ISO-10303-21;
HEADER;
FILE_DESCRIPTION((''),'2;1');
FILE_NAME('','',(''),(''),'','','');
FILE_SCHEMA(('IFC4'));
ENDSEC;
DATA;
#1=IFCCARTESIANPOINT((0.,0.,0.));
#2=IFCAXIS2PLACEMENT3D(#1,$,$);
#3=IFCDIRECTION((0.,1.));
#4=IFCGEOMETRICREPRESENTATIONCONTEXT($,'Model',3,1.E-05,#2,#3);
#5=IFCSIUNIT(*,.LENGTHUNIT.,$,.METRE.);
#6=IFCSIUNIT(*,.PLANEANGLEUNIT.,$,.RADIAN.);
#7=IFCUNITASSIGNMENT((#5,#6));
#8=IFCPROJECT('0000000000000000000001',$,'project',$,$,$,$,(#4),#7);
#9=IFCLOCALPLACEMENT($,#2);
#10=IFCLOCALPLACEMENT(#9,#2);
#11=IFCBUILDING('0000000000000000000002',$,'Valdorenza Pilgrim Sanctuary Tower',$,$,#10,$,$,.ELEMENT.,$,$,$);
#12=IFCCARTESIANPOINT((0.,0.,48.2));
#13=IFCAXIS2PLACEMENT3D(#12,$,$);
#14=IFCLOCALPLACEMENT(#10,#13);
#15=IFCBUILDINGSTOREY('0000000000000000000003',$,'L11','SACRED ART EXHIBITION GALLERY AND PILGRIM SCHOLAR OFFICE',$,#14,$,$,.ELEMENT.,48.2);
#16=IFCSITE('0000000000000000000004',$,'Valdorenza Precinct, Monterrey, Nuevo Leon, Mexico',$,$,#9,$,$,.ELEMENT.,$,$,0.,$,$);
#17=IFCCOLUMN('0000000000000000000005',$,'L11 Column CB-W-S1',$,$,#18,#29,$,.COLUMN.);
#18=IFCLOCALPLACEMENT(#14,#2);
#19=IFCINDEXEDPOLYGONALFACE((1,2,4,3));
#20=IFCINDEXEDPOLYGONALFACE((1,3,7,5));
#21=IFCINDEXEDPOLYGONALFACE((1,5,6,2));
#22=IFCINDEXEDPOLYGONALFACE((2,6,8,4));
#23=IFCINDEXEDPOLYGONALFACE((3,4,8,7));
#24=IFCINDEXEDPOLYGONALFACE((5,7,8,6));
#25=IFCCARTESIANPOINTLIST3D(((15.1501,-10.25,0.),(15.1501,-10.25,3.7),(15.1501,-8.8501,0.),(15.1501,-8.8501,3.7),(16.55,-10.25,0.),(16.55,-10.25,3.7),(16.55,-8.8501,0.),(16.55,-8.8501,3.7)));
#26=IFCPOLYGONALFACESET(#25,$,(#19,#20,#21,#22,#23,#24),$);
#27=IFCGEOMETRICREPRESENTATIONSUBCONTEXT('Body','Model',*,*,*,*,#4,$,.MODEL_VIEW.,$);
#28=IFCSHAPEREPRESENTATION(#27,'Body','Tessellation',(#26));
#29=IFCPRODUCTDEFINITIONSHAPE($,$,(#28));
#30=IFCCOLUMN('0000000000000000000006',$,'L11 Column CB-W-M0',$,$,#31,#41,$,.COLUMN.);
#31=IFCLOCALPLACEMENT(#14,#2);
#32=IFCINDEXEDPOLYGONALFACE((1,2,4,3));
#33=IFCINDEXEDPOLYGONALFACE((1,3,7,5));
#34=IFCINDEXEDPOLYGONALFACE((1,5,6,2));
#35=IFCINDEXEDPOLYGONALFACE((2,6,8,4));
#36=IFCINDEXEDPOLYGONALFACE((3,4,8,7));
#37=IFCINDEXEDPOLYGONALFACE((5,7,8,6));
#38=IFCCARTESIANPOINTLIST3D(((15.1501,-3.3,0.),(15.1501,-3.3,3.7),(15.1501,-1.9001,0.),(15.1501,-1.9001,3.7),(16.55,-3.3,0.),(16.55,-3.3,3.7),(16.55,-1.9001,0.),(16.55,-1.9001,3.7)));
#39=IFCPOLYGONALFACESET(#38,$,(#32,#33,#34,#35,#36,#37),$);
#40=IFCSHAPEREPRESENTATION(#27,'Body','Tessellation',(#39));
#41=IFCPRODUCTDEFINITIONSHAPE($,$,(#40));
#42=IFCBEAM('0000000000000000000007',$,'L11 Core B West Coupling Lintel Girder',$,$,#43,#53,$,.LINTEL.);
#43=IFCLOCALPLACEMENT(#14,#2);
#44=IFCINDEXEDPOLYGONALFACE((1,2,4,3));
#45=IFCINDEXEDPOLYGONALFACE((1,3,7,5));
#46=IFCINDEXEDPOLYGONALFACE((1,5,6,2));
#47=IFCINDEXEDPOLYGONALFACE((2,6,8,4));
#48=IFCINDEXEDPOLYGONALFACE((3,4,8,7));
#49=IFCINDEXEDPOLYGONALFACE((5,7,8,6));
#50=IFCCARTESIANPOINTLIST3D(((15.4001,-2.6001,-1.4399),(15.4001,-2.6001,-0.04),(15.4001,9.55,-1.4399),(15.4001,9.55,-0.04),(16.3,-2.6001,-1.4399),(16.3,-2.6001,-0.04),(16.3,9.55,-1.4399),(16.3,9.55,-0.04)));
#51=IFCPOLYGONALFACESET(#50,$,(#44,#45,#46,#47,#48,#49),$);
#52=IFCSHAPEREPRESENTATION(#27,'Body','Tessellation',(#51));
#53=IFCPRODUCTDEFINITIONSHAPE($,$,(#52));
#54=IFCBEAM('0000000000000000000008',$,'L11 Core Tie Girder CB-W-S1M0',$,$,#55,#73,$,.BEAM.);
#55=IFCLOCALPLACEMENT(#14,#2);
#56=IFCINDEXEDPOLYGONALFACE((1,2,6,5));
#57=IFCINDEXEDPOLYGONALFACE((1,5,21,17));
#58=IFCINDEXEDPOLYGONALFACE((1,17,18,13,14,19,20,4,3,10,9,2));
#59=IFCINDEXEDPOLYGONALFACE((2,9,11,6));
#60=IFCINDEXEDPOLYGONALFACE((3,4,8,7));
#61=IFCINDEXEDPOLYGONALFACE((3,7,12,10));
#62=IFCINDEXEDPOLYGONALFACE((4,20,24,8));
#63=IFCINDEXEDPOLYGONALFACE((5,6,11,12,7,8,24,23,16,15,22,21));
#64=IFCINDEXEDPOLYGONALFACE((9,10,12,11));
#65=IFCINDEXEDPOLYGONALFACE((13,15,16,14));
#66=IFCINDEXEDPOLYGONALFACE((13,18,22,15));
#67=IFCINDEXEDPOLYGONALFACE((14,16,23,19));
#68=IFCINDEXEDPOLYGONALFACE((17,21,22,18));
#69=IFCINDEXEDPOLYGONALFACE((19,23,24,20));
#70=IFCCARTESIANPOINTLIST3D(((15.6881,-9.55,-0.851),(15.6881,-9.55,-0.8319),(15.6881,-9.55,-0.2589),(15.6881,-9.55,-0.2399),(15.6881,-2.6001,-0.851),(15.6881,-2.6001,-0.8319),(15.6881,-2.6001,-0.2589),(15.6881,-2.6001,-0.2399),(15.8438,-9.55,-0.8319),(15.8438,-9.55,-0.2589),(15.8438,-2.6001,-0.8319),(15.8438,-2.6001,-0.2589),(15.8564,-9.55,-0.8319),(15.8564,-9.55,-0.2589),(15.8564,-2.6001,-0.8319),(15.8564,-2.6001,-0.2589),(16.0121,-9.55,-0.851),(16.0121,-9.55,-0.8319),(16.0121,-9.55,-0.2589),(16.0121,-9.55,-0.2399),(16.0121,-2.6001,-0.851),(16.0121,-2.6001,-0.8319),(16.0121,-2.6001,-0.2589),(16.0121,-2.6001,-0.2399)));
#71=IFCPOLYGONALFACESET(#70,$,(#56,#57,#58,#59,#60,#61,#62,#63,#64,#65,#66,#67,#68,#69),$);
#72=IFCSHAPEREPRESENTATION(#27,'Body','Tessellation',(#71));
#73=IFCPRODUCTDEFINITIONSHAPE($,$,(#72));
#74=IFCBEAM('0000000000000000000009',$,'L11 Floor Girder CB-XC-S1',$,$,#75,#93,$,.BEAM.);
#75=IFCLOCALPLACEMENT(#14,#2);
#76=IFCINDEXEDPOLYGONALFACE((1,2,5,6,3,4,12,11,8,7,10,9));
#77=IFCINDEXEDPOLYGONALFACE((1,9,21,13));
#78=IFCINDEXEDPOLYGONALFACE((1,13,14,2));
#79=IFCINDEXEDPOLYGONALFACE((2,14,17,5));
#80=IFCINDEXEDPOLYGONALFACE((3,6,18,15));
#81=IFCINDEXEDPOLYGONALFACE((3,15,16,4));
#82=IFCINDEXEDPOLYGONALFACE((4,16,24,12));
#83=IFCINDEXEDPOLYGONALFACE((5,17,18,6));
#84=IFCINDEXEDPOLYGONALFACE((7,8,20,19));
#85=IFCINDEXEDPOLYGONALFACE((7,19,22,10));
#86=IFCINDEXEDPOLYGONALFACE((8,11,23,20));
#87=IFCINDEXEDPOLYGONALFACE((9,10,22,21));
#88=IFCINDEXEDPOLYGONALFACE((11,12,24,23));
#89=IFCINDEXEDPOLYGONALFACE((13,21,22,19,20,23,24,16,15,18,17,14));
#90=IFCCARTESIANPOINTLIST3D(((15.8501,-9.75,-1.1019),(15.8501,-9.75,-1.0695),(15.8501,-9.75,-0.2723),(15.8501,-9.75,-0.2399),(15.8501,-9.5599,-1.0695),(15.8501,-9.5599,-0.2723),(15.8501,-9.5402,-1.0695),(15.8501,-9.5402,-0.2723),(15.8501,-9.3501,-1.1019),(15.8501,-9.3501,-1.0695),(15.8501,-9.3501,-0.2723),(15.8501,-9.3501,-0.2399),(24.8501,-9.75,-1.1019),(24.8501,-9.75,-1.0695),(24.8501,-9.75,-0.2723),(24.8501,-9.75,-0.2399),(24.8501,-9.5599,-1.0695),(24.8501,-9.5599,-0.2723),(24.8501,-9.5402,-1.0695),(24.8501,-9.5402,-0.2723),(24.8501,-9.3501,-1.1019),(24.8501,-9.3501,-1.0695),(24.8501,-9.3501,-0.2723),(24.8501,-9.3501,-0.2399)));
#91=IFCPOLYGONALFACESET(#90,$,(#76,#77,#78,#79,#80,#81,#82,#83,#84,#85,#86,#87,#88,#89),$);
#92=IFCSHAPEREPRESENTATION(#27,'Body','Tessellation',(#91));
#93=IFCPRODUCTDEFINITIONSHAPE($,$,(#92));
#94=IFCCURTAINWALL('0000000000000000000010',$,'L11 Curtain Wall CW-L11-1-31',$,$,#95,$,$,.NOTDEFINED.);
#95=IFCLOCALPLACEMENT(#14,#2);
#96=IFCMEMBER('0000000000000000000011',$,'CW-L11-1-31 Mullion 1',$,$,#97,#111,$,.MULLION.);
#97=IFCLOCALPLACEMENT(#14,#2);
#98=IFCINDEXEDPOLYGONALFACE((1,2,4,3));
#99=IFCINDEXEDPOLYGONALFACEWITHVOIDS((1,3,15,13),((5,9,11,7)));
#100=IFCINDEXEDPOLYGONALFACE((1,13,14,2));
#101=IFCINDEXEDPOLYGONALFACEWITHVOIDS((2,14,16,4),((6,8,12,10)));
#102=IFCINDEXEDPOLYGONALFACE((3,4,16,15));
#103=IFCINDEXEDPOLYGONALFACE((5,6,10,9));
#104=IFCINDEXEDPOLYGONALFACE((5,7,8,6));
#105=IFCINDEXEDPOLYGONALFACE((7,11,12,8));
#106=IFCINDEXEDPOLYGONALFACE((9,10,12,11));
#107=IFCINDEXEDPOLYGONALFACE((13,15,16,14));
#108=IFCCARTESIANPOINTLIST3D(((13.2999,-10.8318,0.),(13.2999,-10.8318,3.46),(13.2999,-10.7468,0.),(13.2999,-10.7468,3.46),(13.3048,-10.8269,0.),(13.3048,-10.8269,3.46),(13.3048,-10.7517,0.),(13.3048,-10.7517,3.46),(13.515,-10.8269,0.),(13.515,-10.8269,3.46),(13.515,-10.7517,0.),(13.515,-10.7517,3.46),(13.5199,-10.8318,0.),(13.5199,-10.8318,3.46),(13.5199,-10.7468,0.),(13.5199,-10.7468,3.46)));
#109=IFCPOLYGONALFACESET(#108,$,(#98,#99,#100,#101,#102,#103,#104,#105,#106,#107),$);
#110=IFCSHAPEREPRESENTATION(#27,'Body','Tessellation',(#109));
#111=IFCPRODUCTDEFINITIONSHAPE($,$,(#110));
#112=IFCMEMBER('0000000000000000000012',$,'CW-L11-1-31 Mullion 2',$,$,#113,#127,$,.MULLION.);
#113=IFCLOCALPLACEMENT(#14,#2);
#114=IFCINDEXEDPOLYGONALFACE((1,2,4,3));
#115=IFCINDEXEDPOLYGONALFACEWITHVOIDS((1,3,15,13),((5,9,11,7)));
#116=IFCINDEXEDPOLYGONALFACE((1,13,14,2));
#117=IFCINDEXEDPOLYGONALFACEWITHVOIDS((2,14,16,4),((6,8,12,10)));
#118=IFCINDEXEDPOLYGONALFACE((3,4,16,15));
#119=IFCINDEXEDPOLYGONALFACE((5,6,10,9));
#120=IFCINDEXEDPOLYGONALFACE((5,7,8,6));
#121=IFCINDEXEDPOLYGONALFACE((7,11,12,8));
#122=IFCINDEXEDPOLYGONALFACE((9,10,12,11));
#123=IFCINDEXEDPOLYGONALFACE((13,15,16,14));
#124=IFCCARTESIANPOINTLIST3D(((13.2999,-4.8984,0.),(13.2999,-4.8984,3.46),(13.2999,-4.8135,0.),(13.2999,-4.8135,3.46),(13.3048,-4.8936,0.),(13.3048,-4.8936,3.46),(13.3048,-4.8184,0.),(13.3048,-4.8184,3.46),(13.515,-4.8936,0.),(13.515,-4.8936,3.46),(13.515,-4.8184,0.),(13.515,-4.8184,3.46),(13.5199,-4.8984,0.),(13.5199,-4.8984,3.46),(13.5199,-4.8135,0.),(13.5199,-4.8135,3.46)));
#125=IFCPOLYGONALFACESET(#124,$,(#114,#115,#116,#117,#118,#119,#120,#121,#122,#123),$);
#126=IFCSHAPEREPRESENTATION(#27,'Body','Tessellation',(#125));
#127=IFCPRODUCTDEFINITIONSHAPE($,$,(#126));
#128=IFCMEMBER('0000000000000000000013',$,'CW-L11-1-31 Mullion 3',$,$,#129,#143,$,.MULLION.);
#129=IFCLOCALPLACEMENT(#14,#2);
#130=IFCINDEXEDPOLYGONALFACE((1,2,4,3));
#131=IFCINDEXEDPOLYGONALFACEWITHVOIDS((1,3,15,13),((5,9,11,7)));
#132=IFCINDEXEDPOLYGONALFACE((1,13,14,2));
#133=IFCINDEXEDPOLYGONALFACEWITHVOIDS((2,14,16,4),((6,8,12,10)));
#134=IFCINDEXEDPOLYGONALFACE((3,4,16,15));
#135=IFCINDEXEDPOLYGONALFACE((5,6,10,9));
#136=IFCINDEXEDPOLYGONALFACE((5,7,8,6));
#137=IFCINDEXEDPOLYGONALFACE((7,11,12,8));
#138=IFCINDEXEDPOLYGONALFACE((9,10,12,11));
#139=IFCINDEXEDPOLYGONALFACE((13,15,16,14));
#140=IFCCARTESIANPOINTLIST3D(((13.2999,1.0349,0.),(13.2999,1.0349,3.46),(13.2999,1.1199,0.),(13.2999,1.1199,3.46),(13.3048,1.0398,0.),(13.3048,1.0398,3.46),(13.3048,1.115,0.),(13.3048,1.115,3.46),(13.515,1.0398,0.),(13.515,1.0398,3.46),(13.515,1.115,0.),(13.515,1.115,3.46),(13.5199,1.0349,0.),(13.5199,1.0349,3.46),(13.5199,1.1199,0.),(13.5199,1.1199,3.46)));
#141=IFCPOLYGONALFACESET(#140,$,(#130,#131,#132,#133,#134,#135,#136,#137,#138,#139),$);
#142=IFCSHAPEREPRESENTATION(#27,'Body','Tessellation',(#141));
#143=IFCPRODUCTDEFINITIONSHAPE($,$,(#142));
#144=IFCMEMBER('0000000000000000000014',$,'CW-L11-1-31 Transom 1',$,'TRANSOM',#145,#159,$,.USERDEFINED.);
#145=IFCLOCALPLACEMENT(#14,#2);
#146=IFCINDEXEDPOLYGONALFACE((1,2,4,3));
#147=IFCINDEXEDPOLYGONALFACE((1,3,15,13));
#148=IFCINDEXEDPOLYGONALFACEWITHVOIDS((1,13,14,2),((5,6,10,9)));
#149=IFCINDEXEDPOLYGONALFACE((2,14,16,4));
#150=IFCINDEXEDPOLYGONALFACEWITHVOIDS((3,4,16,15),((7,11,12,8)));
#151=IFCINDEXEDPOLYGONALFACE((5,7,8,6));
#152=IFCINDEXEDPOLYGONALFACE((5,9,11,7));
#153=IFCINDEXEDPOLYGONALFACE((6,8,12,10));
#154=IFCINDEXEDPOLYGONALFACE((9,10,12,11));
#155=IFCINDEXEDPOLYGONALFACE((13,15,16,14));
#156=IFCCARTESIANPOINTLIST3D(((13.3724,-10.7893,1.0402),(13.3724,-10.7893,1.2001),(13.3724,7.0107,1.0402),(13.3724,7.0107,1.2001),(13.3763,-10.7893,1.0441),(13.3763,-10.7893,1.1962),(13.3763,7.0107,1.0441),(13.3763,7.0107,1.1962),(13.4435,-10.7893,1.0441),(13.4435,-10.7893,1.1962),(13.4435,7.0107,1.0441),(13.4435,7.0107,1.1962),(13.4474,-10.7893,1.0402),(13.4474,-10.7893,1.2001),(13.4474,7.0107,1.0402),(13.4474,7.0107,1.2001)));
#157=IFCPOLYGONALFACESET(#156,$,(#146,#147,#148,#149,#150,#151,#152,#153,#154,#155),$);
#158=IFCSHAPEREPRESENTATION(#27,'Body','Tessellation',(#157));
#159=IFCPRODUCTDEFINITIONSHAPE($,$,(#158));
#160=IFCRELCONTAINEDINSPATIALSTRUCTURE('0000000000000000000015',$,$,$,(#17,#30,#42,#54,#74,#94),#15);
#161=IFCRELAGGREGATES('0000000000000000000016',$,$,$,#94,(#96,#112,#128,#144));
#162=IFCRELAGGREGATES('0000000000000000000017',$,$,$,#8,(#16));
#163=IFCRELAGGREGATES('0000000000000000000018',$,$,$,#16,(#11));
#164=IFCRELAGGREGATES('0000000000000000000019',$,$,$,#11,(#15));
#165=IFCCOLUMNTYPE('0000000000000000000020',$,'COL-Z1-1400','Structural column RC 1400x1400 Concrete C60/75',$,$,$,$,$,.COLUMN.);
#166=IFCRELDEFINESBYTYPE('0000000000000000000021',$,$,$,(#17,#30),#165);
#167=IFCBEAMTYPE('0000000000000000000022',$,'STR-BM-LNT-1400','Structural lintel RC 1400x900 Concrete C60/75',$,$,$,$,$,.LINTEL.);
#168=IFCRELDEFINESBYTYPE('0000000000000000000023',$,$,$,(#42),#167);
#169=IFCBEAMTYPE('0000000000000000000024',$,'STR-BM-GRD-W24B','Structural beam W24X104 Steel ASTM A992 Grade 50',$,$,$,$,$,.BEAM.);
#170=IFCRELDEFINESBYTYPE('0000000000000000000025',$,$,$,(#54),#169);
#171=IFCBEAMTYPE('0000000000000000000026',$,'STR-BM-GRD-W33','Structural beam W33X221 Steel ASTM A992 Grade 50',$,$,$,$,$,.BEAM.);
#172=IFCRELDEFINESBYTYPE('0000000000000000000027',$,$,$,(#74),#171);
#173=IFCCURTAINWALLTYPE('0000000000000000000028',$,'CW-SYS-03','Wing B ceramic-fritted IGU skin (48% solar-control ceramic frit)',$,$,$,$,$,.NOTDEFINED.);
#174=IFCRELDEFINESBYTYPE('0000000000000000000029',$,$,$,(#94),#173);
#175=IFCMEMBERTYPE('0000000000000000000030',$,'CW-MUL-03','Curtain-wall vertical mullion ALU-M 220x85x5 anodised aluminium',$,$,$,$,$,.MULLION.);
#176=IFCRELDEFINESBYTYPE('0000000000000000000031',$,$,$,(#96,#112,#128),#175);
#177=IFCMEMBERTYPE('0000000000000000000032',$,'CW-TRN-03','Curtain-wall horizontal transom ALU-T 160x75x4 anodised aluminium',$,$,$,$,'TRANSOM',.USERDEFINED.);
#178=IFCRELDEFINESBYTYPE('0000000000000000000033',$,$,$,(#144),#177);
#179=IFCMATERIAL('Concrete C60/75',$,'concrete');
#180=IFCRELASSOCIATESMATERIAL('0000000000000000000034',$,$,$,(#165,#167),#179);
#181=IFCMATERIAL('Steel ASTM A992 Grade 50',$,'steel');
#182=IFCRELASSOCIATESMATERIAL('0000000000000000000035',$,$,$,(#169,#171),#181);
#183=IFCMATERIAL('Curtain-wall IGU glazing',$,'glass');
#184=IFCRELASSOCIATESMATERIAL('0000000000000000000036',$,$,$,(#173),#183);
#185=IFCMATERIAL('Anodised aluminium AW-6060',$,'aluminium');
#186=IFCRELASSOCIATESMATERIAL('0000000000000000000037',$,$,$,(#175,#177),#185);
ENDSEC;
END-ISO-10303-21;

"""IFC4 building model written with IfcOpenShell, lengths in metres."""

from ifc_helpers import new_model, si_unit, direction, frame, origin, origin_2d, place, context, subcontext, project, spatial, rectangle, hollow_rectangle, i_section, extrude, source, transform, mapped, material, material_profile, profile_set, type_object, element, aggregate, save


model = new_model("IFC4")

# Units and contexts
model_context = context("Model", 3, precision=1e-05, world=origin(), true_north=direction((0.0, 1.0)))
body_context = subcontext(model_context, "Body", "Model", "MODEL_VIEW")
ifc_project = project(units=[si_unit("LENGTHUNIT", "METRE"), si_unit("PLANEANGLEUNIT", "RADIAN")], contexts=[model_context])

# Site, building, storey
site_placement = place(None, origin())
site = spatial("IfcSite", under=ifc_project, at=site_placement, Name="Valdorenza Precinct, Monterrey, Nuevo Leon, Mexico", CompositionType="ELEMENT", RefElevation=0.0)
building_placement = place(site_placement, origin())
building = spatial("IfcBuilding", under=site, at=building_placement, Name="Valdorenza Pilgrim Sanctuary Tower", CompositionType="ELEMENT")
storey_placement = place(building_placement, frame((0.0, 0.0, 48.2)))
storey = spatial("IfcBuildingStorey", under=building, at=storey_placement, Name="L11", Description="SACRED ART EXHIBITION GALLERY AND PILGRIM SCHOLAR OFFICE", CompositionType="ELEMENT", Elevation=48.2)

# Columns
ifc_material_1 = material(Name="Concrete C60/75", Category="concrete")
ifc_material_profile_1 = material_profile(ifc_material_1, rectangle(XDim=1.3999, YDim=1.3999, at=origin_2d()), Name="RC 1400x1400")
ifc_profile_set_1 = profile_set([ifc_material_profile_1], Name="Concrete C60/75")
column_type = type_object("IfcColumnType", Name="COL-Z1-1400", Description="Structural column RC 1400x1400 Concrete C60/75", PredefinedType="COLUMN", material=ifc_profile_set_1)
shared_shape_1 = source(origin(), body_context, "Body", "SweptSolid", [
    extrude(rectangle(XDim=1.3999, YDim=1.3999, at=origin_2d()), origin(), (0.0, 0.0, 1.0), 3.7),
])
for number, where, z_axis, x_axis, name in (
    (1, (15.8501, -9.55, 0.0), (0.0, 0.0, 1.0), (1.0, 0.0, 0.0), "L11 Column CB-W-S1"),
    (2, (15.8501, -2.6001, 0.0), (0.0, 0.0, 1.0), (1.0, 0.0, 0.0), "L11 Column CB-W-M0"),
):
    element("IfcColumn", number, at=place(storey_placement, frame(where, z_axis=z_axis, x_axis=x_axis)), inside=storey, type_object=column_type, Name=name, PredefinedType="COLUMN", context=body_context, shape_type="MappedRepresentation", body=[
        mapped(shared_shape_1, transform((0.0, 0.0, 0.0), x_axis=(1.0, 0.0, 0.0), y_axis=(0.0, 1.0, 0.0), z_axis=(0.0, 0.0, 1.0), scale=1.0)),
    ])

# Beams
ifc_material_profile_2 = material_profile(ifc_material_1, rectangle(XDim=0.8999, YDim=1.3999, at=origin_2d()), Name="RC 1400x900")
ifc_profile_set_2 = profile_set([ifc_material_profile_2], Name="Concrete C60/75")
beam_type_1 = type_object("IfcBeamType", Name="STR-BM-LNT-1400", Description="Structural lintel RC 1400x900 Concrete C60/75", PredefinedType="LINTEL", material=ifc_profile_set_2)
shared_shape_2 = source(origin(), body_context, "Body", "SweptSolid", [
    extrude(rectangle(XDim=0.8999, YDim=1.3999, at=origin_2d()), origin(), (0.0, 0.0, 1.0), 12.1501),
])
beam_1_placement = place(storey_placement, frame((15.8501, -2.6001, -0.74), z_axis=(0.0, 1.0, 0.0), x_axis=(-1.0, 0.0, 0.0)))
element("IfcBeam", 3, at=beam_1_placement, inside=storey, type_object=beam_type_1, Name="L11 Core B West Coupling Lintel Girder", PredefinedType="LINTEL", context=body_context, shape_type="MappedRepresentation", body=[
    mapped(shared_shape_2, transform((0.0, 0.0, 0.0), x_axis=(1.0, 0.0, 0.0), y_axis=(0.0, 1.0, 0.0), z_axis=(0.0, 0.0, 1.0), scale=1.0)),
])
ifc_material_2 = material(Name="Steel ASTM A992 Grade 50", Category="steel")
ifc_material_profile_3 = material_profile(ifc_material_2, i_section(OverallWidth=0.324, OverallDepth=0.6111, WebThickness=0.0127, FlangeThickness=0.019, at=origin_2d()), Name="W24X104")
ifc_profile_set_3 = profile_set([ifc_material_profile_3], Name="Steel ASTM A992 Grade 50")
beam_type_2 = type_object("IfcBeamType", Name="STR-BM-GRD-W24B", Description="Structural beam W24X104 Steel ASTM A992 Grade 50", PredefinedType="BEAM", material=ifc_profile_set_3)
shared_shape_3 = source(origin(), body_context, "Body", "SweptSolid", [
    extrude(i_section(OverallWidth=0.324, OverallDepth=0.6111, WebThickness=0.0127, FlangeThickness=0.019, at=origin_2d()), origin(), (0.0, 0.0, 1.0), 6.95),
])
beam_2_placement = place(storey_placement, frame((15.8501, -9.55, -0.5454), z_axis=(0.0, 1.0, 0.0), x_axis=(-1.0, 0.0, 0.0)))
element("IfcBeam", 4, at=beam_2_placement, inside=storey, type_object=beam_type_2, Name="L11 Core Tie Girder CB-W-S1M0", PredefinedType="BEAM", context=body_context, shape_type="MappedRepresentation", body=[
    mapped(shared_shape_3, transform((0.0, 0.0, 0.0), x_axis=(1.0, 0.0, 0.0), y_axis=(0.0, 1.0, 0.0), z_axis=(0.0, 0.0, 1.0), scale=1.0)),
])
ifc_material_profile_4 = material_profile(ifc_material_2, i_section(OverallWidth=0.3999, OverallDepth=0.8621, WebThickness=0.0198, FlangeThickness=0.0325, at=origin_2d()), Name="W33X221")
ifc_profile_set_4 = profile_set([ifc_material_profile_4], Name="Steel ASTM A992 Grade 50")
beam_type_3 = type_object("IfcBeamType", Name="STR-BM-GRD-W33", Description="Structural beam W33X221 Steel ASTM A992 Grade 50", PredefinedType="BEAM", material=ifc_profile_set_4)
shared_shape_4 = source(origin(), body_context, "Body", "SweptSolid", [
    extrude(i_section(OverallWidth=0.3999, OverallDepth=0.8621, WebThickness=0.0198, FlangeThickness=0.0325, at=origin_2d()), origin(), (0.0, 0.0, 1.0), 9.0),
])
beam_3_placement = place(storey_placement, frame((15.8501, -9.55, -0.6709), z_axis=(1.0, 0.0, 0.0), x_axis=(0.0, 1.0, 0.0)))
element("IfcBeam", 5, at=beam_3_placement, inside=storey, type_object=beam_type_3, Name="L11 Floor Girder CB-XC-S1", PredefinedType="BEAM", context=body_context, shape_type="MappedRepresentation", body=[
    mapped(shared_shape_4, transform((0.0, 0.0, 0.0), x_axis=(1.0, 0.0, 0.0), y_axis=(0.0, 1.0, 0.0), z_axis=(0.0, 0.0, 1.0), scale=1.0)),
])

# Curtain wall, members
ifc_material_3 = material(Name="Curtain-wall IGU glazing", Category="glass")
curtain_wall_type = type_object("IfcCurtainWallType", Name="CW-SYS-03", Description="Wing B ceramic-fritted IGU skin (48% solar-control ceramic frit)", PredefinedType="NOTDEFINED", material=ifc_material_3)
curtain_wall_placement = place(storey_placement, origin())
curtain_wall = element("IfcCurtainWall", 6, at=curtain_wall_placement, inside=storey, type_object=curtain_wall_type, Name="L11 Curtain Wall CW-L11-1-31", PredefinedType="NOTDEFINED")
ifc_material_4 = material(Name="Anodised aluminium AW-6060", Category="aluminium")
ifc_material_profile_5 = material_profile(ifc_material_4, hollow_rectangle(XDim=0.085, YDim=0.22, WallThickness=0.0049, at=origin_2d()), Name="ALU-M 220x85x5")
ifc_profile_set_5 = profile_set([ifc_material_profile_5], Name="Anodised aluminium AW-6060")
member_type_1 = type_object("IfcMemberType", Name="CW-MUL-03", Description="Curtain-wall vertical mullion ALU-M 220x85x5 anodised aluminium", PredefinedType="MULLION", material=ifc_profile_set_5)
shared_shape_5 = source(origin(), body_context, "Body", "SweptSolid", [
    extrude(hollow_rectangle(XDim=0.085, YDim=0.22, WallThickness=0.0049, at=origin_2d()), origin(), (0.0, 0.0, 1.0), 3.46),
])
member_1_placement = place(storey_placement, frame((13.4099, -10.7893, 0.0), z_axis=(0.0, 0.0, 1.0), x_axis=(0.0, 1.0, 0.0)))
member_1 = element("IfcMember", 7, at=member_1_placement, type_object=member_type_1, Name="CW-L11-1-31 Mullion 1", PredefinedType="MULLION", context=body_context, shape_type="MappedRepresentation", body=[
    mapped(shared_shape_5, transform((0.0, 0.0, 0.0), x_axis=(1.0, 0.0, 0.0), y_axis=(0.0, 1.0, 0.0), z_axis=(0.0, 0.0, 1.0), scale=1.0)),
])
member_2_placement = place(storey_placement, frame((13.4099, -4.856, 0.0), z_axis=(0.0, 0.0, 1.0), x_axis=(0.0, 1.0, 0.0)))
member_2 = element("IfcMember", 8, at=member_2_placement, type_object=member_type_1, Name="CW-L11-1-31 Mullion 2", PredefinedType="MULLION", context=body_context, shape_type="MappedRepresentation", body=[
    mapped(shared_shape_5, transform((0.0, 0.0, 0.0), x_axis=(1.0, 0.0, 0.0), y_axis=(0.0, 1.0, 0.0), z_axis=(0.0, 0.0, 1.0), scale=1.0)),
])
member_3_placement = place(storey_placement, frame((13.4099, 1.0774, 0.0), z_axis=(0.0, 0.0, 1.0), x_axis=(0.0, 1.0, 0.0)))
member_3 = element("IfcMember", 9, at=member_3_placement, type_object=member_type_1, Name="CW-L11-1-31 Mullion 3", PredefinedType="MULLION", context=body_context, shape_type="MappedRepresentation", body=[
    mapped(shared_shape_5, transform((0.0, 0.0, 0.0), x_axis=(1.0, 0.0, 0.0), y_axis=(0.0, 1.0, 0.0), z_axis=(0.0, 0.0, 1.0), scale=1.0)),
])
ifc_material_profile_6 = material_profile(ifc_material_4, hollow_rectangle(XDim=0.075, YDim=0.1599, WallThickness=0.0039, at=origin_2d()), Name="ALU-T 160x75x4")
ifc_profile_set_6 = profile_set([ifc_material_profile_6], Name="Anodised aluminium AW-6060")
member_type_2 = type_object("IfcMemberType", Name="CW-TRN-03", Description="Curtain-wall horizontal transom ALU-T 160x75x4 anodised aluminium", ElementType="TRANSOM", PredefinedType="USERDEFINED", material=ifc_profile_set_6)
shared_shape_6 = source(origin(), body_context, "Body", "SweptSolid", [
    extrude(hollow_rectangle(XDim=0.075, YDim=0.1599, WallThickness=0.0039, at=origin_2d()), origin(), (0.0, 0.0, 1.0), 17.8),
])
member_4_placement = place(storey_placement, frame((13.4099, -10.7893, 1.1201), z_axis=(0.0, 1.0, 0.0), x_axis=(-1.0, 0.0, 0.0)))
member_4 = element("IfcMember", 10, at=member_4_placement, type_object=member_type_2, Name="CW-L11-1-31 Transom 1", ObjectType="TRANSOM", PredefinedType="USERDEFINED", context=body_context, shape_type="MappedRepresentation", body=[
    mapped(shared_shape_6, transform((0.0, 0.0, 0.0), x_axis=(1.0, 0.0, 0.0), y_axis=(0.0, 1.0, 0.0), z_axis=(0.0, 0.0, 1.0), scale=1.0)),
])
aggregate(curtain_wall, [member_1, member_2, member_3, member_4])

save(model, "model.ifc")
